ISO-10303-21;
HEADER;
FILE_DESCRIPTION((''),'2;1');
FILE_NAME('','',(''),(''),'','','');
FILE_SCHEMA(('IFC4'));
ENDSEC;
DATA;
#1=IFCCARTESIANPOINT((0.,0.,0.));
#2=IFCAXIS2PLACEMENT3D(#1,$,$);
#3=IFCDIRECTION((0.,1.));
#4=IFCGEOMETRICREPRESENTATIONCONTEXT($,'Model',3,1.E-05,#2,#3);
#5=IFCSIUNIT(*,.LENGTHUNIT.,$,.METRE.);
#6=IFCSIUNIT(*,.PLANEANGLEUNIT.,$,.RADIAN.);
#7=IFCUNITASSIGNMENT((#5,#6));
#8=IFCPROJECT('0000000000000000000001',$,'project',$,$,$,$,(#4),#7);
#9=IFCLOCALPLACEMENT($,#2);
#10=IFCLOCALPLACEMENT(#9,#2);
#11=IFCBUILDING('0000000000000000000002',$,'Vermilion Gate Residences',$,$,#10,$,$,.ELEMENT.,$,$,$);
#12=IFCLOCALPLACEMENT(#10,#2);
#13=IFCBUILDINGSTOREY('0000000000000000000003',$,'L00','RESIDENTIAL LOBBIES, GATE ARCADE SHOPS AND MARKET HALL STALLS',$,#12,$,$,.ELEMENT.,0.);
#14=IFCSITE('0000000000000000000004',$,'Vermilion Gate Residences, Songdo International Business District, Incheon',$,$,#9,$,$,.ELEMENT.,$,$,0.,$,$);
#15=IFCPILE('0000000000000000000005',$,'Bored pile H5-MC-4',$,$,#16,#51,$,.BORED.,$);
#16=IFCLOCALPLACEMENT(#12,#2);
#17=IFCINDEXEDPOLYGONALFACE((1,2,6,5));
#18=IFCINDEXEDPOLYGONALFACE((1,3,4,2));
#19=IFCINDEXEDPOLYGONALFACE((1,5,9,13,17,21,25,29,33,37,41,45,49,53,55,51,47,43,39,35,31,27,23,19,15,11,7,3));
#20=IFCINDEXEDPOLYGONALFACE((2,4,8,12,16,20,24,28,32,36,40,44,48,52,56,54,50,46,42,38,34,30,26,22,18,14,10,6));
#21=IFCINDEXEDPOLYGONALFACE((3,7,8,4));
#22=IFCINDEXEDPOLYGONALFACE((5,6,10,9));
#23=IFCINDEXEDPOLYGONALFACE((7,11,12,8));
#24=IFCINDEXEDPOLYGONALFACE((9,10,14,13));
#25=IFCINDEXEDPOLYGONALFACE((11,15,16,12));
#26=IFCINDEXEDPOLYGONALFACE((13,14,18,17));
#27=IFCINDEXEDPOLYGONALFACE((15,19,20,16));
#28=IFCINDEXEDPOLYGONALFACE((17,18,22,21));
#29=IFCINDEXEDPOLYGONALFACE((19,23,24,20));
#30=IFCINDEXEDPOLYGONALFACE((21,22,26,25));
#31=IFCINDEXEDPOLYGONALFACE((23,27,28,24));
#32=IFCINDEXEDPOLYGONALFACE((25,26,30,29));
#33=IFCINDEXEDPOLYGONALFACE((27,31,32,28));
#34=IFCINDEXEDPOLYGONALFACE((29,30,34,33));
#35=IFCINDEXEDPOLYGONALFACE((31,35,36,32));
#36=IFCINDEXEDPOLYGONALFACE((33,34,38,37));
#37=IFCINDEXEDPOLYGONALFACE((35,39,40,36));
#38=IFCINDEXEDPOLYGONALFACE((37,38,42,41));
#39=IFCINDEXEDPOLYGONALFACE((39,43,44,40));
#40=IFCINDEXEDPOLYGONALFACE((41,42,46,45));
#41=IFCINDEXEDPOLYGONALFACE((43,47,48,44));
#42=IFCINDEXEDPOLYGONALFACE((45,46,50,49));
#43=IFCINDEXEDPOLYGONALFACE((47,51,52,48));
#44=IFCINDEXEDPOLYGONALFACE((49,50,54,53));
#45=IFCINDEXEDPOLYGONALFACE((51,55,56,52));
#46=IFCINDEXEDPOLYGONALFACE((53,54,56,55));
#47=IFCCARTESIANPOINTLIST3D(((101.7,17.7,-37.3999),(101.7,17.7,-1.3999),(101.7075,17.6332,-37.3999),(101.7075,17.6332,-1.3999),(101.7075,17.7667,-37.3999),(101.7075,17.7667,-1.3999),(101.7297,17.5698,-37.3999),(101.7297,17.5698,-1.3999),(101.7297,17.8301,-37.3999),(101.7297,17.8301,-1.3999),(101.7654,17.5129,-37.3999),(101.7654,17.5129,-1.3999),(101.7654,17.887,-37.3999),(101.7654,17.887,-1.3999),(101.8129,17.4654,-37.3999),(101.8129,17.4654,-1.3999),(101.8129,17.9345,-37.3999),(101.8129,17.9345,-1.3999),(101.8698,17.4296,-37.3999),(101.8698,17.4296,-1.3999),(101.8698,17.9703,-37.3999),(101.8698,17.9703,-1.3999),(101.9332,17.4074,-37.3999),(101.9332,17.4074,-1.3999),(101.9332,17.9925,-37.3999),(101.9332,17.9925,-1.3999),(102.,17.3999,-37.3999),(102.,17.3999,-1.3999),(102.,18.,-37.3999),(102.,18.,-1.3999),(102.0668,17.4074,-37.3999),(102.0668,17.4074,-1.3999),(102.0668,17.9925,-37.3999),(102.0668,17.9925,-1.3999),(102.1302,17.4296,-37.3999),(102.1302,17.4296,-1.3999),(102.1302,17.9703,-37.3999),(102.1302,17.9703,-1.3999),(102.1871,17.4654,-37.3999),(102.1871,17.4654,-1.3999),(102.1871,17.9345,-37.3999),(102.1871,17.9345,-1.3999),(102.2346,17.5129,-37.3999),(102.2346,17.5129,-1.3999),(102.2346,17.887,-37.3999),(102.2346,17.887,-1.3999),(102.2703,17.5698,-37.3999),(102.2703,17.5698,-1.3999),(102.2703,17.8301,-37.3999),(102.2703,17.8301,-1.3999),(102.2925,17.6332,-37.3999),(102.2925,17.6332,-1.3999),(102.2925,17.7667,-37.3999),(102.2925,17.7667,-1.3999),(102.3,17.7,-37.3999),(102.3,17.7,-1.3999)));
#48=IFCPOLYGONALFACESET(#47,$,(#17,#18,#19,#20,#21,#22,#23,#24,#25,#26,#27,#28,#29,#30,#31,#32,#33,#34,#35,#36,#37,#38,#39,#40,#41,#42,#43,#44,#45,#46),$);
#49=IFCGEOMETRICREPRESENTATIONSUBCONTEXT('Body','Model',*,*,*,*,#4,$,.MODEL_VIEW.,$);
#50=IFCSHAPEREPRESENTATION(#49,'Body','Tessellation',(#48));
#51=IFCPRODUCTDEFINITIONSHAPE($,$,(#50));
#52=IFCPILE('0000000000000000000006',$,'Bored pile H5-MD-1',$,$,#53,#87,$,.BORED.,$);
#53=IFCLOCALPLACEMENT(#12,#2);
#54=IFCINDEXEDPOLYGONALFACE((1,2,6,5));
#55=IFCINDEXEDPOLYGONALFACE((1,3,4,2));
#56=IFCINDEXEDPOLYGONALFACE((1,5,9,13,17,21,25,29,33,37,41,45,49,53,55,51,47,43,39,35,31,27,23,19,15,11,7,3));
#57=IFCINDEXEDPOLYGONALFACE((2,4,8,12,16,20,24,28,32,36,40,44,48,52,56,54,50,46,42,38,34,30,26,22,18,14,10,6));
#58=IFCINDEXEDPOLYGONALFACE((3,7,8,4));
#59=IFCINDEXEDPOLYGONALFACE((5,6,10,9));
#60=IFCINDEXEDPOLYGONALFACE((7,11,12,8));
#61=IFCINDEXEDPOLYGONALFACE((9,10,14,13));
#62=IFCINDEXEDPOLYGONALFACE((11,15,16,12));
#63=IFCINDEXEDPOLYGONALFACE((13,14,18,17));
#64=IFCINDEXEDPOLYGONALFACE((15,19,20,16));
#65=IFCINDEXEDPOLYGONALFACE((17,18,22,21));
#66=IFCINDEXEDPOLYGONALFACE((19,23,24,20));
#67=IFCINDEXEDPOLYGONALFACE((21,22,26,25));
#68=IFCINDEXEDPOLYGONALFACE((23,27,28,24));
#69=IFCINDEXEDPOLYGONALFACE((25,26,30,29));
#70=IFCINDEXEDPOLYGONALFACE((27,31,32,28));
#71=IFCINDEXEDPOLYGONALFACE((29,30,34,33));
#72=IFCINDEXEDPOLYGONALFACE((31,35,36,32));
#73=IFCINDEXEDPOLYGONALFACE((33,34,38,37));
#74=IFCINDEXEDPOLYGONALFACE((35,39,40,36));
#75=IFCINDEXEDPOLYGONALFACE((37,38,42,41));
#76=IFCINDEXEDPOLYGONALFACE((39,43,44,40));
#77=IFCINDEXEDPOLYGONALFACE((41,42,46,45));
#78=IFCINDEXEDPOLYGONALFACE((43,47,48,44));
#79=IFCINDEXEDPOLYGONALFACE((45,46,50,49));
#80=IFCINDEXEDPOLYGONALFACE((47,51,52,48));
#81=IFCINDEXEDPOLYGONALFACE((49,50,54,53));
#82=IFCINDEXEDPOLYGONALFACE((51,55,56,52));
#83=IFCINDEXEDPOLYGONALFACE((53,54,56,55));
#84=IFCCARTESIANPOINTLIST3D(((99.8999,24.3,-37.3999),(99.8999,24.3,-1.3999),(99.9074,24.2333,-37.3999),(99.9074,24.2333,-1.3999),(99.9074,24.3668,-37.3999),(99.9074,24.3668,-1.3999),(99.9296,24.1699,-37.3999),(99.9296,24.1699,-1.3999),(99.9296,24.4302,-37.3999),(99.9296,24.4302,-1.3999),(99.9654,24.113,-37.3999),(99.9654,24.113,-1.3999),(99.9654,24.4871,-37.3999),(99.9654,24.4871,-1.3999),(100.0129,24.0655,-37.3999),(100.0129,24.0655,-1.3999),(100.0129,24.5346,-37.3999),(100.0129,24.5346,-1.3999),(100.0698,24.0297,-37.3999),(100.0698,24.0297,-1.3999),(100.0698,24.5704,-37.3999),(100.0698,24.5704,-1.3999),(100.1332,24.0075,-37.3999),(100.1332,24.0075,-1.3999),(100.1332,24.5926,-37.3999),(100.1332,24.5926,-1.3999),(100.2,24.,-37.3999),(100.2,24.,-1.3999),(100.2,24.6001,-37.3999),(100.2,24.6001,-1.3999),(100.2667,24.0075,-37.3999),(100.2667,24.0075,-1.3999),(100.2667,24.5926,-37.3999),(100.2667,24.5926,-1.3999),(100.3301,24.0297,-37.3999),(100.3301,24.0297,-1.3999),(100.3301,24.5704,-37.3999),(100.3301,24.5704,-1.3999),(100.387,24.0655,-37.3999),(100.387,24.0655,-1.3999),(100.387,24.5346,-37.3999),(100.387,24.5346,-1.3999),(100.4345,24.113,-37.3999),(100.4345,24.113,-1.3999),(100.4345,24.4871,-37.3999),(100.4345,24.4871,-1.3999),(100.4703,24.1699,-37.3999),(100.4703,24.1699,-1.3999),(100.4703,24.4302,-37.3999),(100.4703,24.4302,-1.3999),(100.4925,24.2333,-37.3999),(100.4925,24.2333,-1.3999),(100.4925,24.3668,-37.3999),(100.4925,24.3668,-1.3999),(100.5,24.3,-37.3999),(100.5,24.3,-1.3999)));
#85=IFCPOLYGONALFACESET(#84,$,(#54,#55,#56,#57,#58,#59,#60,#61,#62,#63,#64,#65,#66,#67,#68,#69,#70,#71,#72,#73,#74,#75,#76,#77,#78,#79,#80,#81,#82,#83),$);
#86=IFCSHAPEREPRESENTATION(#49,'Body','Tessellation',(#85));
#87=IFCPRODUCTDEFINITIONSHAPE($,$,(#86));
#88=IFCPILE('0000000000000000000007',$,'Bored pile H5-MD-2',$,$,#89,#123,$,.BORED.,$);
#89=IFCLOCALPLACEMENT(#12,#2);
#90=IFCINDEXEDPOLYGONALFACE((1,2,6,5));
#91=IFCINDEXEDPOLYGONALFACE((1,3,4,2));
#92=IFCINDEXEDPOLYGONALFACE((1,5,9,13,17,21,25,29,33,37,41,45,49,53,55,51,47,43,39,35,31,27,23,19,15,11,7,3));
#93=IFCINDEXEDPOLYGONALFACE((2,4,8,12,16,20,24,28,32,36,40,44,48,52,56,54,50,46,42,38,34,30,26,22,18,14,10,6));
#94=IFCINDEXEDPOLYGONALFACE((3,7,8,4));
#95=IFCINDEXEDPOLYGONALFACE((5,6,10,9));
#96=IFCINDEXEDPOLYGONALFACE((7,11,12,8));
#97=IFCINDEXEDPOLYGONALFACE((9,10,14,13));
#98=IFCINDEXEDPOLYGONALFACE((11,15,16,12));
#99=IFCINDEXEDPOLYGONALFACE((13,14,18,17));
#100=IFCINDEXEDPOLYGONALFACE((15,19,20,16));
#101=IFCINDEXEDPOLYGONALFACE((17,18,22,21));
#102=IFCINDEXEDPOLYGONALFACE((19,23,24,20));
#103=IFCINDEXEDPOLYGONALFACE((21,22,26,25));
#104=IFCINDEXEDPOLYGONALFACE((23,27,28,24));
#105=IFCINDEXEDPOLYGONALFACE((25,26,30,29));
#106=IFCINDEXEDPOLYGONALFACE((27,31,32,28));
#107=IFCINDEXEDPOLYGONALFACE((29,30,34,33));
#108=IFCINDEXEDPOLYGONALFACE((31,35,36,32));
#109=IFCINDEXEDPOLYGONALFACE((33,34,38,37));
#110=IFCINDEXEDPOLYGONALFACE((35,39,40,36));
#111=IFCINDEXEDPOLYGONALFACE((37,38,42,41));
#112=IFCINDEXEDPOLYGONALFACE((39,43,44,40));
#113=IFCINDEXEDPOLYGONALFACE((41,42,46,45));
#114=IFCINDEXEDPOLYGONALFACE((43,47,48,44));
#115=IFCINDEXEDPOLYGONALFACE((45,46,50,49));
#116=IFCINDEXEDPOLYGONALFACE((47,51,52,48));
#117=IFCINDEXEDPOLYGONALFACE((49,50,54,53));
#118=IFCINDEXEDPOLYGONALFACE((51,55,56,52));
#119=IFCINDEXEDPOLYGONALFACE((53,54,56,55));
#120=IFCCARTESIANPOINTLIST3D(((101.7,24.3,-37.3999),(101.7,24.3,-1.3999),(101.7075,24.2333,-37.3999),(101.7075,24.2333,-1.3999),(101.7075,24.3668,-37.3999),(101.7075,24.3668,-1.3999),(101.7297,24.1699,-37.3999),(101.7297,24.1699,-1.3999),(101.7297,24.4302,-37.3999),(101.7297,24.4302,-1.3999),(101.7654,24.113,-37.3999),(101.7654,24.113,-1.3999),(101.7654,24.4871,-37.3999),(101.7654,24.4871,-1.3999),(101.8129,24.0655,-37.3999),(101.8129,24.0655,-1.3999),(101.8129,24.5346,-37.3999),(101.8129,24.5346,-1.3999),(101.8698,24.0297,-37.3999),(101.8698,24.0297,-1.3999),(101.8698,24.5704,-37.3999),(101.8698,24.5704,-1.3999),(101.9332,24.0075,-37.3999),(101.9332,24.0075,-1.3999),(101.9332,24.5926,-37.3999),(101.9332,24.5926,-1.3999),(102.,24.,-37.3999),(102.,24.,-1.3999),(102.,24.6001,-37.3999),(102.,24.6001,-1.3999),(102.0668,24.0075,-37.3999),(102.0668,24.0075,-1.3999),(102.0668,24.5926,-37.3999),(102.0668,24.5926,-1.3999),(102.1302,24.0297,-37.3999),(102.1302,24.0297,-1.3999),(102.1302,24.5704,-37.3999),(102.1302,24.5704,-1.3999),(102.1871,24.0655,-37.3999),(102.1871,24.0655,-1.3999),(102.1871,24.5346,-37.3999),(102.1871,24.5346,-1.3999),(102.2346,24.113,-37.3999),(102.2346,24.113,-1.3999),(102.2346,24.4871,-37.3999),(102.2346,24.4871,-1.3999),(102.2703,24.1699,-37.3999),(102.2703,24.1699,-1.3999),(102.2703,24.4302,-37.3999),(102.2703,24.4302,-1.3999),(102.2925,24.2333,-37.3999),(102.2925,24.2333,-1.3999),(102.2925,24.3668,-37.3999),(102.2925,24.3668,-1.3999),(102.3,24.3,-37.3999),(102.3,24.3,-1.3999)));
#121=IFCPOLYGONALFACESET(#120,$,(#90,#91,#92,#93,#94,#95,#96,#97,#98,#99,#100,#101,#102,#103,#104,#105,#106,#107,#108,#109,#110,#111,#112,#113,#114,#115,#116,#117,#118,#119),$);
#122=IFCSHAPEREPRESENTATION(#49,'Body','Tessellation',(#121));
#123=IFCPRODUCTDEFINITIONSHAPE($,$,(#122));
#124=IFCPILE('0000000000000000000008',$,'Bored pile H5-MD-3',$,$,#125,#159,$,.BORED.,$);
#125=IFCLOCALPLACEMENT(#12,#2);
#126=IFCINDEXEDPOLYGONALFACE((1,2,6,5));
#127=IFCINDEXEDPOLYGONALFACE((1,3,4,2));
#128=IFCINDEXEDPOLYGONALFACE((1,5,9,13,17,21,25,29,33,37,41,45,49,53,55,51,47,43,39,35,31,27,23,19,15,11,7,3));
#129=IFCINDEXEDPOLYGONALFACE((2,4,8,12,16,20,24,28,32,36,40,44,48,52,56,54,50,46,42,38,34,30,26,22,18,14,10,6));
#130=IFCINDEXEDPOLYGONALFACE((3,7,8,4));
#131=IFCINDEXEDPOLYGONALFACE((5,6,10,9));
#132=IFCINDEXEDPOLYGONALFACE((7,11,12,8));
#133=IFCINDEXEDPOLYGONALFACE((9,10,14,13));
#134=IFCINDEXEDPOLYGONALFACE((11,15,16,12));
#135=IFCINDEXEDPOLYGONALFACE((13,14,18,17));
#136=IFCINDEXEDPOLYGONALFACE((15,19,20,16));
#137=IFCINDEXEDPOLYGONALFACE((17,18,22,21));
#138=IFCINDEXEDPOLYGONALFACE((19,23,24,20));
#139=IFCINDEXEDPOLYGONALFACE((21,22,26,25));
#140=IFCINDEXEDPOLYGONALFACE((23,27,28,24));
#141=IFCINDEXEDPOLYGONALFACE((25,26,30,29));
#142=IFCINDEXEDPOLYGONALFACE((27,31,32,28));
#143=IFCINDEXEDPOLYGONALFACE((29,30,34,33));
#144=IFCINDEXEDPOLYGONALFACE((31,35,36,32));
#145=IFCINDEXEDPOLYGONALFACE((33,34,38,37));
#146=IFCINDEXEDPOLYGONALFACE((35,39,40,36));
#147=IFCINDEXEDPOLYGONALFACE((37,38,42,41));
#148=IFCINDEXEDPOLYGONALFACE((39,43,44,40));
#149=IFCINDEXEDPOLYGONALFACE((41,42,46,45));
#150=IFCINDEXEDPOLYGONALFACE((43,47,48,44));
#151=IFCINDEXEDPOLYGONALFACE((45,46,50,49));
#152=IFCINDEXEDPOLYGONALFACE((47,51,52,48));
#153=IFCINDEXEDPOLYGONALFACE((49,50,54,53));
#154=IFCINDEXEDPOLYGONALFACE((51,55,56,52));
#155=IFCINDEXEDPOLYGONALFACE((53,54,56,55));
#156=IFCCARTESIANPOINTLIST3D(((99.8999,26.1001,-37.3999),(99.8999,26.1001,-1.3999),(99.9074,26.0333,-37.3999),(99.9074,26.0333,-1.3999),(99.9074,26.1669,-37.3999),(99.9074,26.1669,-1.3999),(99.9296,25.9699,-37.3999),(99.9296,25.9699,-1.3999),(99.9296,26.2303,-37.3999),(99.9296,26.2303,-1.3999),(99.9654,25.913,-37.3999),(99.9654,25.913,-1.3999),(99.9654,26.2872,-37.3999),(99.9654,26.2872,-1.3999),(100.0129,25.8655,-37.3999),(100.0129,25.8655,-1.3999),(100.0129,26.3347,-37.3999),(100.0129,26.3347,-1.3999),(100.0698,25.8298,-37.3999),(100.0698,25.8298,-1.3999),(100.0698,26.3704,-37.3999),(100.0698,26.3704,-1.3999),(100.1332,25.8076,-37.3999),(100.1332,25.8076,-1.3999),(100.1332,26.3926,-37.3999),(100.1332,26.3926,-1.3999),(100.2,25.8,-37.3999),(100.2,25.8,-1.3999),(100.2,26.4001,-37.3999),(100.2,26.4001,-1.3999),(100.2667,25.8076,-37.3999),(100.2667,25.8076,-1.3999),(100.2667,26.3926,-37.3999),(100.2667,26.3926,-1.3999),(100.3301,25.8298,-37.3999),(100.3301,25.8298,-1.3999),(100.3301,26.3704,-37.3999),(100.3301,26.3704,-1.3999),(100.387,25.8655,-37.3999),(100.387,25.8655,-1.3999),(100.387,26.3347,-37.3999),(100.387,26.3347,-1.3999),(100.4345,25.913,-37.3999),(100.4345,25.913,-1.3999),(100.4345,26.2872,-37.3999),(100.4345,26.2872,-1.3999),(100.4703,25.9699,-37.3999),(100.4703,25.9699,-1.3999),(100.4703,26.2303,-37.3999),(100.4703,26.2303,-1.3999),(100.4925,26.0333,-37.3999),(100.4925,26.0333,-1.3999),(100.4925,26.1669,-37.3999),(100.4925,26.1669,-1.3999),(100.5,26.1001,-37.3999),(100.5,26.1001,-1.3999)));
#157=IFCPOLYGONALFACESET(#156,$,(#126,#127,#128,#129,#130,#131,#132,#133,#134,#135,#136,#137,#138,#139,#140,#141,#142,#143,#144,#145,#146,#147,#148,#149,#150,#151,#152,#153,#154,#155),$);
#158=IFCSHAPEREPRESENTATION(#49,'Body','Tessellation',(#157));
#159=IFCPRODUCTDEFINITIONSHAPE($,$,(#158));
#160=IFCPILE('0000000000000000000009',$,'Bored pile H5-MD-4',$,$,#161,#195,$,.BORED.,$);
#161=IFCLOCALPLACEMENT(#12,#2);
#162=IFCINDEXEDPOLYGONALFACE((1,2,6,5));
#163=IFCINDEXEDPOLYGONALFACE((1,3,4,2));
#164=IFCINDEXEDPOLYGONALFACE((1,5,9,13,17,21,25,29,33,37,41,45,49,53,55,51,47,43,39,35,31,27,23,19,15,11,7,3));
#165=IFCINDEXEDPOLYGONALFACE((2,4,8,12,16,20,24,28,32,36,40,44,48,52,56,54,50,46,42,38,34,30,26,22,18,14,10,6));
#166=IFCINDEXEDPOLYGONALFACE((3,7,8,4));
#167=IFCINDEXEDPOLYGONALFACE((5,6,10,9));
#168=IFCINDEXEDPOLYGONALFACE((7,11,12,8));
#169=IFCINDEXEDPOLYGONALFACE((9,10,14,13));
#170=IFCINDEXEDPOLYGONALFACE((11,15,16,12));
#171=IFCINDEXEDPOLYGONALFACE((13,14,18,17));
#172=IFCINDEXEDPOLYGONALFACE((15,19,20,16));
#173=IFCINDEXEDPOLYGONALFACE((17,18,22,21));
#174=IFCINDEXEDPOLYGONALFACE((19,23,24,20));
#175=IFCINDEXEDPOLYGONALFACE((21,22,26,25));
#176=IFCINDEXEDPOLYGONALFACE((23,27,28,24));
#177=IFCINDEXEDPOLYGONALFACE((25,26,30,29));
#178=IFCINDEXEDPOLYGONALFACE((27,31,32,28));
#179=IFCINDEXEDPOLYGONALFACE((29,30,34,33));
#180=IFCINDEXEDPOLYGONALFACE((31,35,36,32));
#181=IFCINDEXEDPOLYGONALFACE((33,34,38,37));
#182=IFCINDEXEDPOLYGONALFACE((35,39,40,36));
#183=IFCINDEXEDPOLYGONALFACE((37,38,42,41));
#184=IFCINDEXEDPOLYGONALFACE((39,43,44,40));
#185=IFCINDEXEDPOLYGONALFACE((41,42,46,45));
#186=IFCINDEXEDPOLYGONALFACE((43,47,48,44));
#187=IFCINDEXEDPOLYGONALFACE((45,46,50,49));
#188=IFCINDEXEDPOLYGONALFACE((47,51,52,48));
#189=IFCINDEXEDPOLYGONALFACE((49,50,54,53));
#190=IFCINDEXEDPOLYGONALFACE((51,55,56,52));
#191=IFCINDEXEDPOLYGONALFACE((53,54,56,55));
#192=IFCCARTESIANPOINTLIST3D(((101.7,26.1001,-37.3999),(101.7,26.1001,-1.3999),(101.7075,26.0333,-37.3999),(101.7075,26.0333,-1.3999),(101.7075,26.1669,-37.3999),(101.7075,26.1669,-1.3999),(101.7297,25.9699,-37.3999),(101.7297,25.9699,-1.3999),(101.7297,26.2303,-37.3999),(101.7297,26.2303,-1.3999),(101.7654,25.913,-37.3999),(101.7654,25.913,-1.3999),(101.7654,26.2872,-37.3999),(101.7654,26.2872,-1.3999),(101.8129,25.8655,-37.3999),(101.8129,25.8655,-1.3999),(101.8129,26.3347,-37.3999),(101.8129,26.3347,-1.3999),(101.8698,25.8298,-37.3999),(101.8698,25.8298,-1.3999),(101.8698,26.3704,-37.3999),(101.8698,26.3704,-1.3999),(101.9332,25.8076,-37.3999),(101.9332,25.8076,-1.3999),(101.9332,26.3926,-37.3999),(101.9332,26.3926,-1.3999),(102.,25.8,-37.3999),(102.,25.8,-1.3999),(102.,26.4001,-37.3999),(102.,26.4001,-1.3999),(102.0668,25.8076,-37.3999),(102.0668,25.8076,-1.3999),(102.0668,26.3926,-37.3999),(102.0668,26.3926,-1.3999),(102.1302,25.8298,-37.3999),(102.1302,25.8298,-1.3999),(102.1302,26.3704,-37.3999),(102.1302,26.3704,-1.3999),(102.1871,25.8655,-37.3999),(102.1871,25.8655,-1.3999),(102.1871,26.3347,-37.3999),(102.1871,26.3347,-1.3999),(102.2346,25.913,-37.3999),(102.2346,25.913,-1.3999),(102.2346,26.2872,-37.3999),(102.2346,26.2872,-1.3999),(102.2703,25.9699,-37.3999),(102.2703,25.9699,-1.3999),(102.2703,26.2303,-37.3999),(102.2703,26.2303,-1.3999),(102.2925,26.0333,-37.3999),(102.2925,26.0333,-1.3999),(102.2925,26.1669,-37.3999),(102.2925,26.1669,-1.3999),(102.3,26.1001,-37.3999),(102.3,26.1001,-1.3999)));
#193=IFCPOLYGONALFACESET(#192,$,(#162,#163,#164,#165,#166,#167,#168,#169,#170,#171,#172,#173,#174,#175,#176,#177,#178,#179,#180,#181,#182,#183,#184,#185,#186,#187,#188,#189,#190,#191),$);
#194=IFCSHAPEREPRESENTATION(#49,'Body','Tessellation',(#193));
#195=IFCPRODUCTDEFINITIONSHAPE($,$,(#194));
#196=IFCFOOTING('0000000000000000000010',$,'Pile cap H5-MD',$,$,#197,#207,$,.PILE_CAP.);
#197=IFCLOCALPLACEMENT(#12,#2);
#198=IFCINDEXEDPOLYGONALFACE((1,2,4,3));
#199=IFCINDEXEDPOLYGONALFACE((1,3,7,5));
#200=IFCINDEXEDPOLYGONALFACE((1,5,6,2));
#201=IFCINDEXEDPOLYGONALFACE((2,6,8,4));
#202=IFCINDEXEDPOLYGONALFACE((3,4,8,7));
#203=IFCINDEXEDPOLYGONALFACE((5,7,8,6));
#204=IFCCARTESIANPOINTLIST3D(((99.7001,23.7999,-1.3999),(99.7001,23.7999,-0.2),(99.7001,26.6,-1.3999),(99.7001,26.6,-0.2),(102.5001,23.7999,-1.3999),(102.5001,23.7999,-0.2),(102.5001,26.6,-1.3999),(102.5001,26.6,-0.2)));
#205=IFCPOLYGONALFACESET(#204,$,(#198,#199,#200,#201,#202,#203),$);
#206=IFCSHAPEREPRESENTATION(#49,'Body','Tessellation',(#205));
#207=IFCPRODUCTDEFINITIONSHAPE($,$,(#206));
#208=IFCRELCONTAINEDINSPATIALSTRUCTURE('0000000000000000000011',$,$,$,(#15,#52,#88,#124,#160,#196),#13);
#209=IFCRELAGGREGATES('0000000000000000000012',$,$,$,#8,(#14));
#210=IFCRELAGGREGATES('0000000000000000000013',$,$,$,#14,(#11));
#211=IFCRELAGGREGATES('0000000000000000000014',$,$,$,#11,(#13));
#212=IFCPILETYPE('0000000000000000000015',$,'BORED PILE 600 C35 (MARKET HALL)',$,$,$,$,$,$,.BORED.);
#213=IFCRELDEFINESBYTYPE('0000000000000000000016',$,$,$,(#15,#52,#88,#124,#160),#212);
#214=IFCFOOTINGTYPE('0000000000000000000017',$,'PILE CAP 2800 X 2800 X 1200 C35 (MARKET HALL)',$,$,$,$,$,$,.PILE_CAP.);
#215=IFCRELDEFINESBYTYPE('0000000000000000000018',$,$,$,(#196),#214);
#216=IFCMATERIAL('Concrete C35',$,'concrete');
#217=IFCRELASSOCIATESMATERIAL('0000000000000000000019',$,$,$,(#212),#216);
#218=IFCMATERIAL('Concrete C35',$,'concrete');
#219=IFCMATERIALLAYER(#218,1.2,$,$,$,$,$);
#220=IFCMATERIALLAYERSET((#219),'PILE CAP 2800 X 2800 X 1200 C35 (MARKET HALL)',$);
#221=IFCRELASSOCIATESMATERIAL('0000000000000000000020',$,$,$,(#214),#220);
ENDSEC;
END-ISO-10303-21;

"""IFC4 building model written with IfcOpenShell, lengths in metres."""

from ifc_helpers import new_model, si_unit, direction, frame, origin, origin_2d, place, context, subcontext, project, spatial, rectangle, circle, extrude, material, layer, layer_set, material_profile, profile_set, type_object, element, save


model = new_model("IFC4")

# Units and contexts
model_context = context("Model", 3, precision=1e-05, world=origin(), true_north=direction((0.0, 1.0)))
body_context = subcontext(model_context, "Body", "Model", "MODEL_VIEW")
ifc_project = project(units=[si_unit("LENGTHUNIT", "METRE"), si_unit("PLANEANGLEUNIT", "RADIAN")], contexts=[model_context])

# Site, building, storey
site_placement = place(None, origin())
site = spatial("IfcSite", under=ifc_project, at=site_placement, Name="Vermilion Gate Residences, Songdo International Business District, Incheon", CompositionType="ELEMENT", RefElevation=0.0)
building_placement = place(site_placement, origin())
building = spatial("IfcBuilding", under=site, at=building_placement, Name="Vermilion Gate Residences", CompositionType="ELEMENT")
storey_placement = place(building_placement, origin())
storey = spatial("IfcBuildingStorey", under=building, at=storey_placement, Name="L00", Description="RESIDENTIAL LOBBIES, GATE ARCADE SHOPS AND MARKET HALL STALLS", CompositionType="ELEMENT", Elevation=0.0)

# Piles
ifc_material_1 = material(Name="Concrete C35", Category="concrete")
ifc_material_profile_1 = material_profile(ifc_material_1, circle(Radius=0.3, at=origin_2d()), Name="BORED PILE 600 C35 (MARKET HALL)")
ifc_profile_set_1 = profile_set([ifc_material_profile_1], Name="Concrete C35")
pile_type = type_object("IfcPileType", Name="BORED PILE 600 C35 (MARKET HALL)", PredefinedType="BORED", material=ifc_profile_set_1)
for number, where, z_axis, x_axis, name in (
    (1, (102.0, 17.7, -1.3999), (0.0, 0.0, -1.0), (1.0, 0.0, 0.0), "Bored pile H5-MC-4"),
    (2, (100.2, 24.3, -1.3999), (0.0, 0.0, -1.0), (1.0, 0.0, 0.0), "Bored pile H5-MD-1"),
    (3, (102.0, 24.3, -1.3999), (0.0, 0.0, -1.0), (1.0, 0.0, 0.0), "Bored pile H5-MD-2"),
    (4, (100.2, 26.1001, -1.3999), (0.0, 0.0, -1.0), (1.0, 0.0, 0.0), "Bored pile H5-MD-3"),
    (5, (102.0, 26.1001, -1.3999), (0.0, 0.0, -1.0), (1.0, 0.0, 0.0), "Bored pile H5-MD-4"),
):
    element("IfcPile", number, at=place(storey_placement, frame(where, z_axis=z_axis, x_axis=x_axis)), inside=storey, type_object=pile_type, Name=name, PredefinedType="BORED", context=body_context, shape_type="SweptSolid", body=[
        extrude(circle(Radius=0.3, at=origin_2d()), origin(), (0.0, 0.0, 1.0), 36.0),
    ])

# Footing
ifc_material_2 = material(Name="Concrete C35", Category="concrete")
ifc_layer_1 = layer(ifc_material_2, 1.2)
ifc_layer_set_1 = layer_set([ifc_layer_1], Name="PILE CAP 2800 X 2800 X 1200 C35 (MARKET HALL)")
footing_type = type_object("IfcFootingType", Name="PILE CAP 2800 X 2800 X 1200 C35 (MARKET HALL)", PredefinedType="PILE_CAP", material=ifc_layer_set_1)
footing_placement = place(storey_placement, frame((101.1001, 25.2, -1.3999), z_axis=(0.0, 0.0, 1.0), x_axis=(1.0, 0.0, 0.0)))
element("IfcFooting", 6, at=footing_placement, inside=storey, type_object=footing_type, Name="Pile cap H5-MD", PredefinedType="PILE_CAP", context=body_context, shape_type="SweptSolid", body=[
    extrude(rectangle(XDim=2.8, YDim=2.8, at=origin_2d()), origin(), (0.0, 0.0, 1.0), 1.2),
])

save(model, "model.ifc")
